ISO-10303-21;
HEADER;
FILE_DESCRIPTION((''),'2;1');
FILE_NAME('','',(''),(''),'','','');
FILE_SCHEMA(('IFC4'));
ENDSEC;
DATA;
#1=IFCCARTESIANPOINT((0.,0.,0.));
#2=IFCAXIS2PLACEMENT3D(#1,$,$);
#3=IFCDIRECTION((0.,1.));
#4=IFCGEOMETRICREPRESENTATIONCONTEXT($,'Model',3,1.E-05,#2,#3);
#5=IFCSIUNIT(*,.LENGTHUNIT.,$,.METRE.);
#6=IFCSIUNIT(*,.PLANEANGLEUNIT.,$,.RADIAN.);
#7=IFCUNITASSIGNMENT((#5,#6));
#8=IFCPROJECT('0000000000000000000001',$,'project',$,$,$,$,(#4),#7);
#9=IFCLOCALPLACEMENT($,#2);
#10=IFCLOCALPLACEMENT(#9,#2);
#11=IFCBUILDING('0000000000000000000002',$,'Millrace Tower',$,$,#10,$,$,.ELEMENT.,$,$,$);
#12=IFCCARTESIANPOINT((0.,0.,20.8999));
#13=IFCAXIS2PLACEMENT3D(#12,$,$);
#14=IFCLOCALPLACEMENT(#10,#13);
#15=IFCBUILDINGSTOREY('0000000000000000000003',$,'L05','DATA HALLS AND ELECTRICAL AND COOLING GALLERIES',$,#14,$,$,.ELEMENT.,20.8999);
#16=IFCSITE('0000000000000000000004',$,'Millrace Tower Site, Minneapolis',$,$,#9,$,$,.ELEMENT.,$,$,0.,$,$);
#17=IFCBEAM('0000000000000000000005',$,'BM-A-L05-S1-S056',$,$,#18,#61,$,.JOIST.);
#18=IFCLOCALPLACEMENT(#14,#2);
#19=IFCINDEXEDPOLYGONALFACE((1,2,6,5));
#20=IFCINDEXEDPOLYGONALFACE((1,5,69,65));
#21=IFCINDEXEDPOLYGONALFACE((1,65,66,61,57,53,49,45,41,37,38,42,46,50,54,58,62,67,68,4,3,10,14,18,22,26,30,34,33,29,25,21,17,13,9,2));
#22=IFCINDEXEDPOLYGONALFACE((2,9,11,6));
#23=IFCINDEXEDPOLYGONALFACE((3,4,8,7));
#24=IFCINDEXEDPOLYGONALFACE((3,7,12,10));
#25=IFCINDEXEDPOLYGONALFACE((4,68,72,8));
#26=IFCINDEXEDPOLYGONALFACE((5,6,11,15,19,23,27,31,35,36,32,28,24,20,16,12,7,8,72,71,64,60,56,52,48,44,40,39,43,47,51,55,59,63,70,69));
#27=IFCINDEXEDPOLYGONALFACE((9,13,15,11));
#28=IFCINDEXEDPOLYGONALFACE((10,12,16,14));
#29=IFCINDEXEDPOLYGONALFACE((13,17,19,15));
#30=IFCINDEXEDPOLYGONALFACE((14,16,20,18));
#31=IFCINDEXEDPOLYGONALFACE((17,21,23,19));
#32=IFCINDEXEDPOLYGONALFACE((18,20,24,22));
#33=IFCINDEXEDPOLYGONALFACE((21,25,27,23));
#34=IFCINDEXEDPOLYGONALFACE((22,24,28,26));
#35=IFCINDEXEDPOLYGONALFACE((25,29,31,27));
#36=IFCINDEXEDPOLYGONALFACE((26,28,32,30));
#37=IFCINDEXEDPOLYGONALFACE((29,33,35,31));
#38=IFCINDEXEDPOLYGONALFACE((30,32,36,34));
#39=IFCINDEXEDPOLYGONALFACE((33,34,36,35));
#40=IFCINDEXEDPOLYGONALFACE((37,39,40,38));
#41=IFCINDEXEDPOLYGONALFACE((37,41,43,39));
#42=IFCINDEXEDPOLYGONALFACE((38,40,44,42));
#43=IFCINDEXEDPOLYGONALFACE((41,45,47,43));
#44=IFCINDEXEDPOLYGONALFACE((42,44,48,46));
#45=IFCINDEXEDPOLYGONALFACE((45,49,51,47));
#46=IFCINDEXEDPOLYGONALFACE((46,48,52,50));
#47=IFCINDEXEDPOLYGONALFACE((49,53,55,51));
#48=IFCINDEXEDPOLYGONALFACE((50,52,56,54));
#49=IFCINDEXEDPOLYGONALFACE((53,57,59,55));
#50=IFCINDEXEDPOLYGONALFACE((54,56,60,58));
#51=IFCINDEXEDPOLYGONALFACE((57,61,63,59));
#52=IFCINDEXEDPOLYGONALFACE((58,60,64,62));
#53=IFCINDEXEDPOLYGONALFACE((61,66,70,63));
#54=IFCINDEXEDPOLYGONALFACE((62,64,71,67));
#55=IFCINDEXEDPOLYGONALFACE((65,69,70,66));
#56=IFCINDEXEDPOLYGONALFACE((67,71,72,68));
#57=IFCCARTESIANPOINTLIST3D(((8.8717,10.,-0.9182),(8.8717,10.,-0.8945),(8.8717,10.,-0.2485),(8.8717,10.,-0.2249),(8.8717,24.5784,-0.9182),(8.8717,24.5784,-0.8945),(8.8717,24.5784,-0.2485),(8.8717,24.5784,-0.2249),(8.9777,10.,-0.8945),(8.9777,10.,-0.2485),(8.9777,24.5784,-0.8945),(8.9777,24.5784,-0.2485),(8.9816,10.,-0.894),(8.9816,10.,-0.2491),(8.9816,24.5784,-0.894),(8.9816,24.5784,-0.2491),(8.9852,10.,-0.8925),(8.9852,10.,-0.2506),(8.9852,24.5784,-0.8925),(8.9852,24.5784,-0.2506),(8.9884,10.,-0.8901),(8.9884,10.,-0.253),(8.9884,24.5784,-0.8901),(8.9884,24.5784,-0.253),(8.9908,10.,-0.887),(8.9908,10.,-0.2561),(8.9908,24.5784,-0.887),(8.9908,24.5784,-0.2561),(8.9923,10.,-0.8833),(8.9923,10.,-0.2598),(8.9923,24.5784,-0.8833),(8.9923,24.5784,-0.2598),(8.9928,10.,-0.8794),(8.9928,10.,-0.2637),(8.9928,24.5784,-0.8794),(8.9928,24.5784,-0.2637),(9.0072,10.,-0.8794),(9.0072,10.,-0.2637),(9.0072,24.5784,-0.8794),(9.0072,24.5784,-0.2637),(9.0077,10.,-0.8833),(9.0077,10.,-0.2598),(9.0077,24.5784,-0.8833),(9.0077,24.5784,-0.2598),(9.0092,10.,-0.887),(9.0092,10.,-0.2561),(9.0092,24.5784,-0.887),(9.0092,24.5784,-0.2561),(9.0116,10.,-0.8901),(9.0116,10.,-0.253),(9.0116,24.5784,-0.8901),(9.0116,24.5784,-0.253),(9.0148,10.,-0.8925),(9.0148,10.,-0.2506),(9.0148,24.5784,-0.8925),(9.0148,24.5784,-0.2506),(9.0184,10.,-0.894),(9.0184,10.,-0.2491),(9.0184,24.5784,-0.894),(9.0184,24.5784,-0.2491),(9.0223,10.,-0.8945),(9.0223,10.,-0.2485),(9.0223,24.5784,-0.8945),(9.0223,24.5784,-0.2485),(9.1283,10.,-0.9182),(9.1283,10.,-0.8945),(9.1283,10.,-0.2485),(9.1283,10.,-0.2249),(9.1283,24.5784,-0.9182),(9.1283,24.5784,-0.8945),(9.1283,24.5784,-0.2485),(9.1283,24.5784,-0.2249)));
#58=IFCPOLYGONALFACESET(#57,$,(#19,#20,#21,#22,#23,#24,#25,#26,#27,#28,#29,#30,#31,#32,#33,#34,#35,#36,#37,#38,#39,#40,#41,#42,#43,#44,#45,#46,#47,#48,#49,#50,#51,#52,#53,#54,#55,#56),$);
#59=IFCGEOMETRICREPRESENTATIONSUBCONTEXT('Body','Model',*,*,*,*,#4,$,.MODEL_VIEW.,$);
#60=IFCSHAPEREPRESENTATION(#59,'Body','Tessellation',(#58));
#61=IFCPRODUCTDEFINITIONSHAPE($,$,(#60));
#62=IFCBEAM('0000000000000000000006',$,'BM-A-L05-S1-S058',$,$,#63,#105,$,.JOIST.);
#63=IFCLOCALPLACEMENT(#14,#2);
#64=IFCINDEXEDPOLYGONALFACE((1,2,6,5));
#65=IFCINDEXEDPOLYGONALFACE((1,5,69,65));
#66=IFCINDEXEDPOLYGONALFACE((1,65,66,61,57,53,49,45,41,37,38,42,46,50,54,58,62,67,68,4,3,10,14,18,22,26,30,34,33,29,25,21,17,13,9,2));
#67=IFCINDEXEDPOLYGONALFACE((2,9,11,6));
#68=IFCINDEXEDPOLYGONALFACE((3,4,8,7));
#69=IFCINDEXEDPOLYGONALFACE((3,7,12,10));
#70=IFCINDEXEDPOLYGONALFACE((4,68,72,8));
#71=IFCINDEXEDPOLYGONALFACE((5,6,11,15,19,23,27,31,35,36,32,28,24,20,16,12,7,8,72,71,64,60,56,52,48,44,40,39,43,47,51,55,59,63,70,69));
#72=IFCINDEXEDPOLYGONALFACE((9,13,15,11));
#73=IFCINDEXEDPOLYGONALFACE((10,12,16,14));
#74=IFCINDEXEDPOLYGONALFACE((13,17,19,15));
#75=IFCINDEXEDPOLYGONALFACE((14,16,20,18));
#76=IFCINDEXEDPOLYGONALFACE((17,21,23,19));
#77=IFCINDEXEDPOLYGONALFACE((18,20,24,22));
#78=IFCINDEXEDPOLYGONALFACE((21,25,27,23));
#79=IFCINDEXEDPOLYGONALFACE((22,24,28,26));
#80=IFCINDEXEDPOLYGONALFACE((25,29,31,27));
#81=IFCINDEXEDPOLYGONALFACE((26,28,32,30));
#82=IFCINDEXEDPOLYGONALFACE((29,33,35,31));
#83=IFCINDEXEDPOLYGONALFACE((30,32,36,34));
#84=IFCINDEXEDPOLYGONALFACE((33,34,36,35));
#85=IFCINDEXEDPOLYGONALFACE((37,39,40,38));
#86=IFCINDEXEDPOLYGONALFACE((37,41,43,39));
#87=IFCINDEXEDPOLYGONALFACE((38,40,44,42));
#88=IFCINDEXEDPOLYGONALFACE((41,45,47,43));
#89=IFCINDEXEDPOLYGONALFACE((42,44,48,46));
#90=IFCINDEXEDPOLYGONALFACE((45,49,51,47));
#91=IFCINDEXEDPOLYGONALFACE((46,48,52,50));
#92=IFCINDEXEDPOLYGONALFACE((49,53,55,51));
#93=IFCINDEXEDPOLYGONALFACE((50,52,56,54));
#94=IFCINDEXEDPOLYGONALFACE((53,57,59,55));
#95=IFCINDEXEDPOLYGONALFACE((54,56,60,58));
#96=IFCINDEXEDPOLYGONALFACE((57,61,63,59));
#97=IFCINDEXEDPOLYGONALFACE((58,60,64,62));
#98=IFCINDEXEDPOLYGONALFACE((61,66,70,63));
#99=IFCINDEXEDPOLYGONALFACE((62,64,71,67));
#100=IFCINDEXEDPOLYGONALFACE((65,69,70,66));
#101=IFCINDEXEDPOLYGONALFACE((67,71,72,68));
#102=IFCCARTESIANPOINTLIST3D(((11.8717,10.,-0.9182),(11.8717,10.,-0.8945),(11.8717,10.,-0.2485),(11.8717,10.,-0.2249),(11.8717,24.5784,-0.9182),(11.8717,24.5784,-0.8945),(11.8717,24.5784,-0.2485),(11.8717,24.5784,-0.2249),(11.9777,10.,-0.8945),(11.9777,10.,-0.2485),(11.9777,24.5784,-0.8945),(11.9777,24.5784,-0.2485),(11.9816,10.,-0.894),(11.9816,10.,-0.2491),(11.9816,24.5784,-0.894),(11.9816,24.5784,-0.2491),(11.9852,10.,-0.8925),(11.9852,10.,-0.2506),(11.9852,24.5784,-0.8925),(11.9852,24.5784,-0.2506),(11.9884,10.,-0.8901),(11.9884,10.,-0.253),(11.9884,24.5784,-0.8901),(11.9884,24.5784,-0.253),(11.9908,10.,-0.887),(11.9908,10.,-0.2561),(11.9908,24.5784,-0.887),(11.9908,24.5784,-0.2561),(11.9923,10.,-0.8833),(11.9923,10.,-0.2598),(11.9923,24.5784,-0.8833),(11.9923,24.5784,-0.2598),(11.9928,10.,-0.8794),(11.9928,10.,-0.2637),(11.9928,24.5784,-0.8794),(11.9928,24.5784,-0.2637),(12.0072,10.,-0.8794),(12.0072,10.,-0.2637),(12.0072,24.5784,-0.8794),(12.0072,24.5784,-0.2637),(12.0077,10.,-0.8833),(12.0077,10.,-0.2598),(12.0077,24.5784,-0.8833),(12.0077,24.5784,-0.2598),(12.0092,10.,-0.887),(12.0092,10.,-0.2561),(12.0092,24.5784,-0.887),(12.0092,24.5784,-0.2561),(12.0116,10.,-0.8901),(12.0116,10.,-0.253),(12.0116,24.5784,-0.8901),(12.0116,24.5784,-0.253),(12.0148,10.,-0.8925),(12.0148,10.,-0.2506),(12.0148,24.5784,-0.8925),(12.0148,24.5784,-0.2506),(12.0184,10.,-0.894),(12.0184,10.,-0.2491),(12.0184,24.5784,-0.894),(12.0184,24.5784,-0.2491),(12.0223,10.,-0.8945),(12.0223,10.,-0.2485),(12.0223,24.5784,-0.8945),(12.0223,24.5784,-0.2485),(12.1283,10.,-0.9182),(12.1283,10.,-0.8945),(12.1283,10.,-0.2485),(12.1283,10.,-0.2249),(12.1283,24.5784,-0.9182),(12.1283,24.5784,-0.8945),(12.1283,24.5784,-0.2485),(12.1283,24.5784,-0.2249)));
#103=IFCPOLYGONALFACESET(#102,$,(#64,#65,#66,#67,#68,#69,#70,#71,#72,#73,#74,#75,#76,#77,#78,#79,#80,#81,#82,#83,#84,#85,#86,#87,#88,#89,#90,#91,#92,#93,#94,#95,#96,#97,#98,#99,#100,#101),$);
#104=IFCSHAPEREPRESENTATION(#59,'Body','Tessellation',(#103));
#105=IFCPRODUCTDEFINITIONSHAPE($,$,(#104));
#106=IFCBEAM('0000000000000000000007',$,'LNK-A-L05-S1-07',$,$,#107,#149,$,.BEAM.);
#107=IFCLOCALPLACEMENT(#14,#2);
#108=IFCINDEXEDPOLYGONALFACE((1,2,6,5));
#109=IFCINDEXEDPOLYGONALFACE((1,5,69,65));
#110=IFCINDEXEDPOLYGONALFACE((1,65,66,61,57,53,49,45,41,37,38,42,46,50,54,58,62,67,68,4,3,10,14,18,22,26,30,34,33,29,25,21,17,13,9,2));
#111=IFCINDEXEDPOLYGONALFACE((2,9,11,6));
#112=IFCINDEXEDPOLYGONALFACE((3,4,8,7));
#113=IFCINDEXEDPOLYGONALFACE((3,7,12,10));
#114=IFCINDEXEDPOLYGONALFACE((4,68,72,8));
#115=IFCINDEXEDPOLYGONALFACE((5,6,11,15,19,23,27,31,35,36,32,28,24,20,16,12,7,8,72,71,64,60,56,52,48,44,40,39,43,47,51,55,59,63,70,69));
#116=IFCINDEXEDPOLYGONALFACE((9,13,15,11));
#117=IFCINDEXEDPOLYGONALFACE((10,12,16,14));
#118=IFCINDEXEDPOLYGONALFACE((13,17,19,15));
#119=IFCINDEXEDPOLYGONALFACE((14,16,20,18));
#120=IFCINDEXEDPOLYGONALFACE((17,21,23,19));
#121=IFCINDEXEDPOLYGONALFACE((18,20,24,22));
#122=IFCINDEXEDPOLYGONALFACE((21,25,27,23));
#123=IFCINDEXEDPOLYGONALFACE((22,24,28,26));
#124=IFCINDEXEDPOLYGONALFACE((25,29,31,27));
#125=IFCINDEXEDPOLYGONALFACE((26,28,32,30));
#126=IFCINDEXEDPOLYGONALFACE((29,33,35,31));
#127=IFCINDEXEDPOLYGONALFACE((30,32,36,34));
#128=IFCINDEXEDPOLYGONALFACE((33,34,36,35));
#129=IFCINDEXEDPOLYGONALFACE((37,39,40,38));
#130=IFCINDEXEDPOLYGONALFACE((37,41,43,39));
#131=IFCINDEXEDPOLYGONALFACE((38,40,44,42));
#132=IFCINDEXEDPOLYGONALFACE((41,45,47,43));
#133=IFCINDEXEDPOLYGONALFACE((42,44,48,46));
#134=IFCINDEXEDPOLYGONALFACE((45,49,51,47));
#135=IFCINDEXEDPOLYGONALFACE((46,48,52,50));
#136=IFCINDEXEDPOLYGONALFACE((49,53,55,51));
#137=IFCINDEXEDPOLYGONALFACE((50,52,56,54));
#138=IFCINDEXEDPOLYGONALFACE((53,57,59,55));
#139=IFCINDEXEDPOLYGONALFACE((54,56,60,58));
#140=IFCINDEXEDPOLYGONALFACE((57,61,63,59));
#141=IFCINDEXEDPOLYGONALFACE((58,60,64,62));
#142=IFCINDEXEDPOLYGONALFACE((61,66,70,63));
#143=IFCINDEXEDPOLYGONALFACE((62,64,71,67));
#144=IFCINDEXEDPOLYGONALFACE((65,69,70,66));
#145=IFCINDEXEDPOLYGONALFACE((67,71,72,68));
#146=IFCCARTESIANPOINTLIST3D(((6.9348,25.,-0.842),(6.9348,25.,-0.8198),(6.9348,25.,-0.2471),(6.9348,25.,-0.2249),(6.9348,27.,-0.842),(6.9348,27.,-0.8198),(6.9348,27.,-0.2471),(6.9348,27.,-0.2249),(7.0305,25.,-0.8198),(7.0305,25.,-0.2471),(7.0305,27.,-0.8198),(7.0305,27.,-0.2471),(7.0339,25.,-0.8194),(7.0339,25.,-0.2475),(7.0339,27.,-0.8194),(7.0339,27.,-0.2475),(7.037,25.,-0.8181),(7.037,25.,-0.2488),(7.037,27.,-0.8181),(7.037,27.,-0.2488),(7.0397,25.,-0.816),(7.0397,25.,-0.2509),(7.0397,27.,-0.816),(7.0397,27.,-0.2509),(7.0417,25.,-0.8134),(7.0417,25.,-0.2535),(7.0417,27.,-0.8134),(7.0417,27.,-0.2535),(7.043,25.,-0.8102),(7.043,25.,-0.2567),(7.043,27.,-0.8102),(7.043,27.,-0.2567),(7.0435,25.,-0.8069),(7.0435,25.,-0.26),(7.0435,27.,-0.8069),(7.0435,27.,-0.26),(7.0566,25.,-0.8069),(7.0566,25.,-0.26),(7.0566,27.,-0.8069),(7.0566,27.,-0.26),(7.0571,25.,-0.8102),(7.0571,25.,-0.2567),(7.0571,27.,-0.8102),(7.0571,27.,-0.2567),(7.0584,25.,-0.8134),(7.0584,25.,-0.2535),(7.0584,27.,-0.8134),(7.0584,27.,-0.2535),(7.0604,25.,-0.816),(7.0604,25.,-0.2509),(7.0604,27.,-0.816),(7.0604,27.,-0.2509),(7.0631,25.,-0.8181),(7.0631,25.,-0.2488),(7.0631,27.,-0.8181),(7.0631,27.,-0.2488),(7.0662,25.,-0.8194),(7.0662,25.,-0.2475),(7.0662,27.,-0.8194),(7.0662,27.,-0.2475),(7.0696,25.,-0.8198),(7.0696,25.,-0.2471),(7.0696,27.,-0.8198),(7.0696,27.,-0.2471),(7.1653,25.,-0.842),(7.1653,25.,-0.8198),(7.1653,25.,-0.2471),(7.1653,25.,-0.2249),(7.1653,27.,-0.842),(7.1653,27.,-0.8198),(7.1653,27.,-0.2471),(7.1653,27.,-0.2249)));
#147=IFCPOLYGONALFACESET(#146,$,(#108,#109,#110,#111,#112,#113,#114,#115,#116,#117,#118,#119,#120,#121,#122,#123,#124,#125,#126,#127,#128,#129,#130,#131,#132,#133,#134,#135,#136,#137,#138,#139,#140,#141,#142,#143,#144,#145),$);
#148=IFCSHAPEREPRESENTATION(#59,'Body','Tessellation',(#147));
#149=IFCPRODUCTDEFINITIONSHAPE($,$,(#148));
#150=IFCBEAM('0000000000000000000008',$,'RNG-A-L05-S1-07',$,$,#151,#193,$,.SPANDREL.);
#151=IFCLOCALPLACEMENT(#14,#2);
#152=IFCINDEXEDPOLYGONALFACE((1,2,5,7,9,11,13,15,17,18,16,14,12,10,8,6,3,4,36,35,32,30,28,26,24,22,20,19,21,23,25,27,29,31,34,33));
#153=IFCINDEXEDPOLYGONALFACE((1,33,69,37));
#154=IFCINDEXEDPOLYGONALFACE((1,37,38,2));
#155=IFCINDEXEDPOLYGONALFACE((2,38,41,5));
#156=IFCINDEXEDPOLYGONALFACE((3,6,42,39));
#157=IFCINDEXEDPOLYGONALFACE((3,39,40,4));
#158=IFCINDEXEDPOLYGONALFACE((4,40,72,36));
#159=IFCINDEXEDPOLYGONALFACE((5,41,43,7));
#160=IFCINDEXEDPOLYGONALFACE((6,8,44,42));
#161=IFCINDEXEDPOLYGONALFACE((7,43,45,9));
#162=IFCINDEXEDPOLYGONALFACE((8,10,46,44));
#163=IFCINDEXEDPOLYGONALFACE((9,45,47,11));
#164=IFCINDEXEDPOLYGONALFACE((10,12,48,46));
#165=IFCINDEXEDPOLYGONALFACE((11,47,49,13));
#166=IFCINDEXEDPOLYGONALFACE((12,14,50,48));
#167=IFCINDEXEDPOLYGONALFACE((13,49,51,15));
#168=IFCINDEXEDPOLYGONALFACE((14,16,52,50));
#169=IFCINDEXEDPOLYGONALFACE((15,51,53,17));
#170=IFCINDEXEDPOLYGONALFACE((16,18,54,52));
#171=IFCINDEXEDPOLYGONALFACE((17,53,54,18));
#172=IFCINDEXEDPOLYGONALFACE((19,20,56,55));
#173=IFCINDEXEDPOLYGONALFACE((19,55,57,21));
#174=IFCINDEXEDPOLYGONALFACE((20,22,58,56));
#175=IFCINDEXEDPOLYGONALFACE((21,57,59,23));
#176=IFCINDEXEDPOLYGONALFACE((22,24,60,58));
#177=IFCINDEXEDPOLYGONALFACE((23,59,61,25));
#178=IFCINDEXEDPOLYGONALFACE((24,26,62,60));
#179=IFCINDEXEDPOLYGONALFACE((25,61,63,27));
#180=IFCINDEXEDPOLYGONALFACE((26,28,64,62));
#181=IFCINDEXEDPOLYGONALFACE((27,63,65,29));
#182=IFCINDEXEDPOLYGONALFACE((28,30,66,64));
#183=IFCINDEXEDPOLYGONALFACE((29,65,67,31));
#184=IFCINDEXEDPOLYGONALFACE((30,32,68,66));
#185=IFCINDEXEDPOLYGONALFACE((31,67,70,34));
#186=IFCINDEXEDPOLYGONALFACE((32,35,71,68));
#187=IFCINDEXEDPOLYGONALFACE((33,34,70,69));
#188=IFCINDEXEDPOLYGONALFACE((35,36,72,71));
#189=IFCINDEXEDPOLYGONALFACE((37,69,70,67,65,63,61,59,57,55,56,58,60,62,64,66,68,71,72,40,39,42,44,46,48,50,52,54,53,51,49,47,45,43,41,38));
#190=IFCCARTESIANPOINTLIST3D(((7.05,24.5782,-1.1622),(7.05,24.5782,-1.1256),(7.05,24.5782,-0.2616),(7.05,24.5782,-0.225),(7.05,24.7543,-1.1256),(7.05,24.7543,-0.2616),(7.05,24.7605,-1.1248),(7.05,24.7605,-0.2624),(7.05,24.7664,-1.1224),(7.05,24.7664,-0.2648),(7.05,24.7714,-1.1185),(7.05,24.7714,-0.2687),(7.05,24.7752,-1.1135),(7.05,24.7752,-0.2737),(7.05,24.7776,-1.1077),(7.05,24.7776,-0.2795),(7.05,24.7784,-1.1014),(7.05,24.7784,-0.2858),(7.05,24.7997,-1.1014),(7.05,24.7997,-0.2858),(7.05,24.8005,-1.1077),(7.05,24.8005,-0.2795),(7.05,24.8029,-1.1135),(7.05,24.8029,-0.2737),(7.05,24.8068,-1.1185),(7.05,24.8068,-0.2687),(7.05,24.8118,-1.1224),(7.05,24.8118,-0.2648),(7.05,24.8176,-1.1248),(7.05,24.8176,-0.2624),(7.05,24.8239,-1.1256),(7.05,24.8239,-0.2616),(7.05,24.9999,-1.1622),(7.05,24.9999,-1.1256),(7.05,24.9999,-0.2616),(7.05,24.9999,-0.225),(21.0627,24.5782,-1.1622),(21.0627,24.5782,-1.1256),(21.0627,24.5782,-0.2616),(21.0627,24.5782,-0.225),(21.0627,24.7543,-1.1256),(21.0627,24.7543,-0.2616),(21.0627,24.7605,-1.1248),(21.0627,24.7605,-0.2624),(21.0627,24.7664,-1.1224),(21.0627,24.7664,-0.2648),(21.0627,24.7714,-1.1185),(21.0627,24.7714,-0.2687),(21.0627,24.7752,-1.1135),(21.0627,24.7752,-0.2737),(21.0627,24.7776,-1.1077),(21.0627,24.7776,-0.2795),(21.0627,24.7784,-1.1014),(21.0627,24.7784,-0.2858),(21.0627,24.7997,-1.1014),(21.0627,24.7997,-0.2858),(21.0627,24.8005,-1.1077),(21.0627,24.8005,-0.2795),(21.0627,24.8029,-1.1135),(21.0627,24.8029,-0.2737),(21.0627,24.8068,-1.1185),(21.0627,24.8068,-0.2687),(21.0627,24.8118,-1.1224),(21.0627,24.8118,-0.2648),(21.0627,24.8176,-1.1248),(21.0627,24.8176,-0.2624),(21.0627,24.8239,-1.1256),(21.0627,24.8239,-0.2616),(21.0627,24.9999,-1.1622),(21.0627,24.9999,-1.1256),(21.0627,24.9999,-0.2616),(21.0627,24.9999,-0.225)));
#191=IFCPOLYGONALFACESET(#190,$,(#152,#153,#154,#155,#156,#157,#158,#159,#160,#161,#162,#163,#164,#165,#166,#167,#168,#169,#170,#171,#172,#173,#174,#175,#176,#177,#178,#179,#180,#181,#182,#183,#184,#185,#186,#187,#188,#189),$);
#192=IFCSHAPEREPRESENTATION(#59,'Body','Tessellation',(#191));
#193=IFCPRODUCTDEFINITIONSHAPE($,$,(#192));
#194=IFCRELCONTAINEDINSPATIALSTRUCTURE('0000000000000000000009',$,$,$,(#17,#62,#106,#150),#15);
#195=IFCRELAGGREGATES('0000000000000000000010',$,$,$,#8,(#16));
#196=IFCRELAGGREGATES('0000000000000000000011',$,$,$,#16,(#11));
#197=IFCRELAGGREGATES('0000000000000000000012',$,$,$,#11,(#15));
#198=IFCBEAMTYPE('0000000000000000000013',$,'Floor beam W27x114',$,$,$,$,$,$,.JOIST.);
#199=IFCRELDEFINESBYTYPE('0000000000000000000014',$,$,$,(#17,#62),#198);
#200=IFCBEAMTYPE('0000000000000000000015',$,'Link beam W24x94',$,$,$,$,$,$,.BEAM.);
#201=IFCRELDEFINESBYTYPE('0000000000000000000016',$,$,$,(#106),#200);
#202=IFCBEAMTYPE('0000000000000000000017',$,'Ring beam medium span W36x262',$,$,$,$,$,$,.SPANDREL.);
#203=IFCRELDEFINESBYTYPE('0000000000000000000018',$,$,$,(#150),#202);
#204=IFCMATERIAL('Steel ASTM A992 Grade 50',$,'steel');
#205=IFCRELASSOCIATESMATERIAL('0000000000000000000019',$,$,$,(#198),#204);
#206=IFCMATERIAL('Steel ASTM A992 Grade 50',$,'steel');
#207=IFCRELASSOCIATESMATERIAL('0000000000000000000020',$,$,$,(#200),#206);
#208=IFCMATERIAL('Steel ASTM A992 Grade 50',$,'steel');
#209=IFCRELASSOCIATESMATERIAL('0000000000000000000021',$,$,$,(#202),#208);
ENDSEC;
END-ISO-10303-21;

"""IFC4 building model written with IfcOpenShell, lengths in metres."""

from ifc_helpers import new_model, si_unit, direction, frame, origin, origin_2d, place, context, subcontext, project, spatial, i_section, extrude, material, material_profile, profile_set, type_object, element, save


model = new_model("IFC4")

# Units and contexts
model_context = context("Model", 3, precision=1e-05, world=origin(), true_north=direction((0.0, 1.0)))
body_context = subcontext(model_context, "Body", "Model", "MODEL_VIEW")
ifc_project = project(units=[si_unit("LENGTHUNIT", "METRE"), si_unit("PLANEANGLEUNIT", "RADIAN")], contexts=[model_context])

# Site, building, storey
site_placement = place(None, origin())
site = spatial("IfcSite", under=ifc_project, at=site_placement, Name="Millrace Tower Site, Minneapolis", CompositionType="ELEMENT", RefElevation=0.0)
building_placement = place(site_placement, origin())
building = spatial("IfcBuilding", under=site, at=building_placement, Name="Millrace Tower", CompositionType="ELEMENT")
storey_placement = place(building_placement, frame((0.0, 0.0, 20.8999)))
storey = spatial("IfcBuildingStorey", under=building, at=storey_placement, Name="L05", Description="DATA HALLS AND ELECTRICAL AND COOLING GALLERIES", CompositionType="ELEMENT", Elevation=20.8999)

# Beams
ifc_material_1 = material(Name="Steel ASTM A992 Grade 50", Category="steel")
ifc_material_profile_1 = material_profile(ifc_material_1, i_section(OverallWidth=0.2566, OverallDepth=0.6934, WebThickness=0.0144, FlangeThickness=0.0237, FilletRadius=0.0151, at=origin_2d()))
ifc_profile_set_1 = profile_set([ifc_material_profile_1], Name="Steel ASTM A992 Grade 50")
beam_type_1 = type_object("IfcBeamType", Name="Floor beam W27x114", PredefinedType="JOIST", material=ifc_profile_set_1)
for number, where, z_axis, x_axis, name in (
    (1, (9.0, 10.0, -0.5715), (0.0, 1.0, 0.0), (-1.0, 0.0, 0.0), "BM-A-L05-S1-S056"),
    (2, (12.0, 10.0, -0.5715), (0.0, 1.0, 0.0), (-1.0, 0.0, 0.0), "BM-A-L05-S1-S058"),
):
    element("IfcBeam", number, at=place(storey_placement, frame(where, z_axis=z_axis, x_axis=x_axis)), inside=storey, type_object=beam_type_1, Name=name, PredefinedType="JOIST", context=body_context, shape_type="SweptSolid", body=[
        extrude(i_section(OverallWidth=0.2566, OverallDepth=0.6934, WebThickness=0.0144, FlangeThickness=0.0237, FilletRadius=0.0151, at=origin_2d()), origin(), (0.0, 0.0, 1.0), 14.5784),
    ])
ifc_material_2 = material(Name="Steel ASTM A992 Grade 50", Category="steel")
ifc_material_profile_2 = material_profile(ifc_material_2, i_section(OverallWidth=0.2305, OverallDepth=0.6172, WebThickness=0.0132, FlangeThickness=0.0222, FilletRadius=0.0129, at=origin_2d()))
ifc_profile_set_2 = profile_set([ifc_material_profile_2], Name="Steel ASTM A992 Grade 50")
beam_type_2 = type_object("IfcBeamType", Name="Link beam W24x94", PredefinedType="BEAM", material=ifc_profile_set_2)
beam_1_placement = place(storey_placement, frame((7.05, 25.0, -0.5334), z_axis=(0.0, 1.0, 0.0), x_axis=(-1.0, 0.0, 0.0)))
element("IfcBeam", 3, at=beam_1_placement, inside=storey, type_object=beam_type_2, Name="LNK-A-L05-S1-07", PredefinedType="BEAM", context=body_context, shape_type="SweptSolid", body=[
    extrude(i_section(OverallWidth=0.2305, OverallDepth=0.6172, WebThickness=0.0132, FlangeThickness=0.0222, FilletRadius=0.0129, at=origin_2d()), origin(), (0.0, 0.0, 1.0), 2.0),
])
ifc_material_3 = material(Name="Steel ASTM A992 Grade 50", Category="steel")
ifc_material_profile_3 = material_profile(ifc_material_3, i_section(OverallWidth=0.4216, OverallDepth=0.9373, WebThickness=0.0212, FlangeThickness=0.0366, FilletRadius=0.0242, at=origin_2d()))
ifc_profile_set_3 = profile_set([ifc_material_profile_3], Name="Steel ASTM A992 Grade 50")
beam_type_3 = type_object("IfcBeamType", Name="Ring beam medium span W36x262", PredefinedType="SPANDREL", material=ifc_profile_set_3)
beam_2_placement = place(storey_placement, frame((7.05, 24.7891, -0.6936), z_axis=(1.0, 0.0, 0.0), x_axis=(0.0, 1.0, 0.0)))
element("IfcBeam", 4, at=beam_2_placement, inside=storey, type_object=beam_type_3, Name="RNG-A-L05-S1-07", PredefinedType="SPANDREL", context=body_context, shape_type="SweptSolid", body=[
    extrude(i_section(OverallWidth=0.4216, OverallDepth=0.9373, WebThickness=0.0212, FlangeThickness=0.0366, FilletRadius=0.0242, at=origin_2d()), origin(), (0.0, 0.0, 1.0), 14.0127),
])

save(model, "model.ifc")
